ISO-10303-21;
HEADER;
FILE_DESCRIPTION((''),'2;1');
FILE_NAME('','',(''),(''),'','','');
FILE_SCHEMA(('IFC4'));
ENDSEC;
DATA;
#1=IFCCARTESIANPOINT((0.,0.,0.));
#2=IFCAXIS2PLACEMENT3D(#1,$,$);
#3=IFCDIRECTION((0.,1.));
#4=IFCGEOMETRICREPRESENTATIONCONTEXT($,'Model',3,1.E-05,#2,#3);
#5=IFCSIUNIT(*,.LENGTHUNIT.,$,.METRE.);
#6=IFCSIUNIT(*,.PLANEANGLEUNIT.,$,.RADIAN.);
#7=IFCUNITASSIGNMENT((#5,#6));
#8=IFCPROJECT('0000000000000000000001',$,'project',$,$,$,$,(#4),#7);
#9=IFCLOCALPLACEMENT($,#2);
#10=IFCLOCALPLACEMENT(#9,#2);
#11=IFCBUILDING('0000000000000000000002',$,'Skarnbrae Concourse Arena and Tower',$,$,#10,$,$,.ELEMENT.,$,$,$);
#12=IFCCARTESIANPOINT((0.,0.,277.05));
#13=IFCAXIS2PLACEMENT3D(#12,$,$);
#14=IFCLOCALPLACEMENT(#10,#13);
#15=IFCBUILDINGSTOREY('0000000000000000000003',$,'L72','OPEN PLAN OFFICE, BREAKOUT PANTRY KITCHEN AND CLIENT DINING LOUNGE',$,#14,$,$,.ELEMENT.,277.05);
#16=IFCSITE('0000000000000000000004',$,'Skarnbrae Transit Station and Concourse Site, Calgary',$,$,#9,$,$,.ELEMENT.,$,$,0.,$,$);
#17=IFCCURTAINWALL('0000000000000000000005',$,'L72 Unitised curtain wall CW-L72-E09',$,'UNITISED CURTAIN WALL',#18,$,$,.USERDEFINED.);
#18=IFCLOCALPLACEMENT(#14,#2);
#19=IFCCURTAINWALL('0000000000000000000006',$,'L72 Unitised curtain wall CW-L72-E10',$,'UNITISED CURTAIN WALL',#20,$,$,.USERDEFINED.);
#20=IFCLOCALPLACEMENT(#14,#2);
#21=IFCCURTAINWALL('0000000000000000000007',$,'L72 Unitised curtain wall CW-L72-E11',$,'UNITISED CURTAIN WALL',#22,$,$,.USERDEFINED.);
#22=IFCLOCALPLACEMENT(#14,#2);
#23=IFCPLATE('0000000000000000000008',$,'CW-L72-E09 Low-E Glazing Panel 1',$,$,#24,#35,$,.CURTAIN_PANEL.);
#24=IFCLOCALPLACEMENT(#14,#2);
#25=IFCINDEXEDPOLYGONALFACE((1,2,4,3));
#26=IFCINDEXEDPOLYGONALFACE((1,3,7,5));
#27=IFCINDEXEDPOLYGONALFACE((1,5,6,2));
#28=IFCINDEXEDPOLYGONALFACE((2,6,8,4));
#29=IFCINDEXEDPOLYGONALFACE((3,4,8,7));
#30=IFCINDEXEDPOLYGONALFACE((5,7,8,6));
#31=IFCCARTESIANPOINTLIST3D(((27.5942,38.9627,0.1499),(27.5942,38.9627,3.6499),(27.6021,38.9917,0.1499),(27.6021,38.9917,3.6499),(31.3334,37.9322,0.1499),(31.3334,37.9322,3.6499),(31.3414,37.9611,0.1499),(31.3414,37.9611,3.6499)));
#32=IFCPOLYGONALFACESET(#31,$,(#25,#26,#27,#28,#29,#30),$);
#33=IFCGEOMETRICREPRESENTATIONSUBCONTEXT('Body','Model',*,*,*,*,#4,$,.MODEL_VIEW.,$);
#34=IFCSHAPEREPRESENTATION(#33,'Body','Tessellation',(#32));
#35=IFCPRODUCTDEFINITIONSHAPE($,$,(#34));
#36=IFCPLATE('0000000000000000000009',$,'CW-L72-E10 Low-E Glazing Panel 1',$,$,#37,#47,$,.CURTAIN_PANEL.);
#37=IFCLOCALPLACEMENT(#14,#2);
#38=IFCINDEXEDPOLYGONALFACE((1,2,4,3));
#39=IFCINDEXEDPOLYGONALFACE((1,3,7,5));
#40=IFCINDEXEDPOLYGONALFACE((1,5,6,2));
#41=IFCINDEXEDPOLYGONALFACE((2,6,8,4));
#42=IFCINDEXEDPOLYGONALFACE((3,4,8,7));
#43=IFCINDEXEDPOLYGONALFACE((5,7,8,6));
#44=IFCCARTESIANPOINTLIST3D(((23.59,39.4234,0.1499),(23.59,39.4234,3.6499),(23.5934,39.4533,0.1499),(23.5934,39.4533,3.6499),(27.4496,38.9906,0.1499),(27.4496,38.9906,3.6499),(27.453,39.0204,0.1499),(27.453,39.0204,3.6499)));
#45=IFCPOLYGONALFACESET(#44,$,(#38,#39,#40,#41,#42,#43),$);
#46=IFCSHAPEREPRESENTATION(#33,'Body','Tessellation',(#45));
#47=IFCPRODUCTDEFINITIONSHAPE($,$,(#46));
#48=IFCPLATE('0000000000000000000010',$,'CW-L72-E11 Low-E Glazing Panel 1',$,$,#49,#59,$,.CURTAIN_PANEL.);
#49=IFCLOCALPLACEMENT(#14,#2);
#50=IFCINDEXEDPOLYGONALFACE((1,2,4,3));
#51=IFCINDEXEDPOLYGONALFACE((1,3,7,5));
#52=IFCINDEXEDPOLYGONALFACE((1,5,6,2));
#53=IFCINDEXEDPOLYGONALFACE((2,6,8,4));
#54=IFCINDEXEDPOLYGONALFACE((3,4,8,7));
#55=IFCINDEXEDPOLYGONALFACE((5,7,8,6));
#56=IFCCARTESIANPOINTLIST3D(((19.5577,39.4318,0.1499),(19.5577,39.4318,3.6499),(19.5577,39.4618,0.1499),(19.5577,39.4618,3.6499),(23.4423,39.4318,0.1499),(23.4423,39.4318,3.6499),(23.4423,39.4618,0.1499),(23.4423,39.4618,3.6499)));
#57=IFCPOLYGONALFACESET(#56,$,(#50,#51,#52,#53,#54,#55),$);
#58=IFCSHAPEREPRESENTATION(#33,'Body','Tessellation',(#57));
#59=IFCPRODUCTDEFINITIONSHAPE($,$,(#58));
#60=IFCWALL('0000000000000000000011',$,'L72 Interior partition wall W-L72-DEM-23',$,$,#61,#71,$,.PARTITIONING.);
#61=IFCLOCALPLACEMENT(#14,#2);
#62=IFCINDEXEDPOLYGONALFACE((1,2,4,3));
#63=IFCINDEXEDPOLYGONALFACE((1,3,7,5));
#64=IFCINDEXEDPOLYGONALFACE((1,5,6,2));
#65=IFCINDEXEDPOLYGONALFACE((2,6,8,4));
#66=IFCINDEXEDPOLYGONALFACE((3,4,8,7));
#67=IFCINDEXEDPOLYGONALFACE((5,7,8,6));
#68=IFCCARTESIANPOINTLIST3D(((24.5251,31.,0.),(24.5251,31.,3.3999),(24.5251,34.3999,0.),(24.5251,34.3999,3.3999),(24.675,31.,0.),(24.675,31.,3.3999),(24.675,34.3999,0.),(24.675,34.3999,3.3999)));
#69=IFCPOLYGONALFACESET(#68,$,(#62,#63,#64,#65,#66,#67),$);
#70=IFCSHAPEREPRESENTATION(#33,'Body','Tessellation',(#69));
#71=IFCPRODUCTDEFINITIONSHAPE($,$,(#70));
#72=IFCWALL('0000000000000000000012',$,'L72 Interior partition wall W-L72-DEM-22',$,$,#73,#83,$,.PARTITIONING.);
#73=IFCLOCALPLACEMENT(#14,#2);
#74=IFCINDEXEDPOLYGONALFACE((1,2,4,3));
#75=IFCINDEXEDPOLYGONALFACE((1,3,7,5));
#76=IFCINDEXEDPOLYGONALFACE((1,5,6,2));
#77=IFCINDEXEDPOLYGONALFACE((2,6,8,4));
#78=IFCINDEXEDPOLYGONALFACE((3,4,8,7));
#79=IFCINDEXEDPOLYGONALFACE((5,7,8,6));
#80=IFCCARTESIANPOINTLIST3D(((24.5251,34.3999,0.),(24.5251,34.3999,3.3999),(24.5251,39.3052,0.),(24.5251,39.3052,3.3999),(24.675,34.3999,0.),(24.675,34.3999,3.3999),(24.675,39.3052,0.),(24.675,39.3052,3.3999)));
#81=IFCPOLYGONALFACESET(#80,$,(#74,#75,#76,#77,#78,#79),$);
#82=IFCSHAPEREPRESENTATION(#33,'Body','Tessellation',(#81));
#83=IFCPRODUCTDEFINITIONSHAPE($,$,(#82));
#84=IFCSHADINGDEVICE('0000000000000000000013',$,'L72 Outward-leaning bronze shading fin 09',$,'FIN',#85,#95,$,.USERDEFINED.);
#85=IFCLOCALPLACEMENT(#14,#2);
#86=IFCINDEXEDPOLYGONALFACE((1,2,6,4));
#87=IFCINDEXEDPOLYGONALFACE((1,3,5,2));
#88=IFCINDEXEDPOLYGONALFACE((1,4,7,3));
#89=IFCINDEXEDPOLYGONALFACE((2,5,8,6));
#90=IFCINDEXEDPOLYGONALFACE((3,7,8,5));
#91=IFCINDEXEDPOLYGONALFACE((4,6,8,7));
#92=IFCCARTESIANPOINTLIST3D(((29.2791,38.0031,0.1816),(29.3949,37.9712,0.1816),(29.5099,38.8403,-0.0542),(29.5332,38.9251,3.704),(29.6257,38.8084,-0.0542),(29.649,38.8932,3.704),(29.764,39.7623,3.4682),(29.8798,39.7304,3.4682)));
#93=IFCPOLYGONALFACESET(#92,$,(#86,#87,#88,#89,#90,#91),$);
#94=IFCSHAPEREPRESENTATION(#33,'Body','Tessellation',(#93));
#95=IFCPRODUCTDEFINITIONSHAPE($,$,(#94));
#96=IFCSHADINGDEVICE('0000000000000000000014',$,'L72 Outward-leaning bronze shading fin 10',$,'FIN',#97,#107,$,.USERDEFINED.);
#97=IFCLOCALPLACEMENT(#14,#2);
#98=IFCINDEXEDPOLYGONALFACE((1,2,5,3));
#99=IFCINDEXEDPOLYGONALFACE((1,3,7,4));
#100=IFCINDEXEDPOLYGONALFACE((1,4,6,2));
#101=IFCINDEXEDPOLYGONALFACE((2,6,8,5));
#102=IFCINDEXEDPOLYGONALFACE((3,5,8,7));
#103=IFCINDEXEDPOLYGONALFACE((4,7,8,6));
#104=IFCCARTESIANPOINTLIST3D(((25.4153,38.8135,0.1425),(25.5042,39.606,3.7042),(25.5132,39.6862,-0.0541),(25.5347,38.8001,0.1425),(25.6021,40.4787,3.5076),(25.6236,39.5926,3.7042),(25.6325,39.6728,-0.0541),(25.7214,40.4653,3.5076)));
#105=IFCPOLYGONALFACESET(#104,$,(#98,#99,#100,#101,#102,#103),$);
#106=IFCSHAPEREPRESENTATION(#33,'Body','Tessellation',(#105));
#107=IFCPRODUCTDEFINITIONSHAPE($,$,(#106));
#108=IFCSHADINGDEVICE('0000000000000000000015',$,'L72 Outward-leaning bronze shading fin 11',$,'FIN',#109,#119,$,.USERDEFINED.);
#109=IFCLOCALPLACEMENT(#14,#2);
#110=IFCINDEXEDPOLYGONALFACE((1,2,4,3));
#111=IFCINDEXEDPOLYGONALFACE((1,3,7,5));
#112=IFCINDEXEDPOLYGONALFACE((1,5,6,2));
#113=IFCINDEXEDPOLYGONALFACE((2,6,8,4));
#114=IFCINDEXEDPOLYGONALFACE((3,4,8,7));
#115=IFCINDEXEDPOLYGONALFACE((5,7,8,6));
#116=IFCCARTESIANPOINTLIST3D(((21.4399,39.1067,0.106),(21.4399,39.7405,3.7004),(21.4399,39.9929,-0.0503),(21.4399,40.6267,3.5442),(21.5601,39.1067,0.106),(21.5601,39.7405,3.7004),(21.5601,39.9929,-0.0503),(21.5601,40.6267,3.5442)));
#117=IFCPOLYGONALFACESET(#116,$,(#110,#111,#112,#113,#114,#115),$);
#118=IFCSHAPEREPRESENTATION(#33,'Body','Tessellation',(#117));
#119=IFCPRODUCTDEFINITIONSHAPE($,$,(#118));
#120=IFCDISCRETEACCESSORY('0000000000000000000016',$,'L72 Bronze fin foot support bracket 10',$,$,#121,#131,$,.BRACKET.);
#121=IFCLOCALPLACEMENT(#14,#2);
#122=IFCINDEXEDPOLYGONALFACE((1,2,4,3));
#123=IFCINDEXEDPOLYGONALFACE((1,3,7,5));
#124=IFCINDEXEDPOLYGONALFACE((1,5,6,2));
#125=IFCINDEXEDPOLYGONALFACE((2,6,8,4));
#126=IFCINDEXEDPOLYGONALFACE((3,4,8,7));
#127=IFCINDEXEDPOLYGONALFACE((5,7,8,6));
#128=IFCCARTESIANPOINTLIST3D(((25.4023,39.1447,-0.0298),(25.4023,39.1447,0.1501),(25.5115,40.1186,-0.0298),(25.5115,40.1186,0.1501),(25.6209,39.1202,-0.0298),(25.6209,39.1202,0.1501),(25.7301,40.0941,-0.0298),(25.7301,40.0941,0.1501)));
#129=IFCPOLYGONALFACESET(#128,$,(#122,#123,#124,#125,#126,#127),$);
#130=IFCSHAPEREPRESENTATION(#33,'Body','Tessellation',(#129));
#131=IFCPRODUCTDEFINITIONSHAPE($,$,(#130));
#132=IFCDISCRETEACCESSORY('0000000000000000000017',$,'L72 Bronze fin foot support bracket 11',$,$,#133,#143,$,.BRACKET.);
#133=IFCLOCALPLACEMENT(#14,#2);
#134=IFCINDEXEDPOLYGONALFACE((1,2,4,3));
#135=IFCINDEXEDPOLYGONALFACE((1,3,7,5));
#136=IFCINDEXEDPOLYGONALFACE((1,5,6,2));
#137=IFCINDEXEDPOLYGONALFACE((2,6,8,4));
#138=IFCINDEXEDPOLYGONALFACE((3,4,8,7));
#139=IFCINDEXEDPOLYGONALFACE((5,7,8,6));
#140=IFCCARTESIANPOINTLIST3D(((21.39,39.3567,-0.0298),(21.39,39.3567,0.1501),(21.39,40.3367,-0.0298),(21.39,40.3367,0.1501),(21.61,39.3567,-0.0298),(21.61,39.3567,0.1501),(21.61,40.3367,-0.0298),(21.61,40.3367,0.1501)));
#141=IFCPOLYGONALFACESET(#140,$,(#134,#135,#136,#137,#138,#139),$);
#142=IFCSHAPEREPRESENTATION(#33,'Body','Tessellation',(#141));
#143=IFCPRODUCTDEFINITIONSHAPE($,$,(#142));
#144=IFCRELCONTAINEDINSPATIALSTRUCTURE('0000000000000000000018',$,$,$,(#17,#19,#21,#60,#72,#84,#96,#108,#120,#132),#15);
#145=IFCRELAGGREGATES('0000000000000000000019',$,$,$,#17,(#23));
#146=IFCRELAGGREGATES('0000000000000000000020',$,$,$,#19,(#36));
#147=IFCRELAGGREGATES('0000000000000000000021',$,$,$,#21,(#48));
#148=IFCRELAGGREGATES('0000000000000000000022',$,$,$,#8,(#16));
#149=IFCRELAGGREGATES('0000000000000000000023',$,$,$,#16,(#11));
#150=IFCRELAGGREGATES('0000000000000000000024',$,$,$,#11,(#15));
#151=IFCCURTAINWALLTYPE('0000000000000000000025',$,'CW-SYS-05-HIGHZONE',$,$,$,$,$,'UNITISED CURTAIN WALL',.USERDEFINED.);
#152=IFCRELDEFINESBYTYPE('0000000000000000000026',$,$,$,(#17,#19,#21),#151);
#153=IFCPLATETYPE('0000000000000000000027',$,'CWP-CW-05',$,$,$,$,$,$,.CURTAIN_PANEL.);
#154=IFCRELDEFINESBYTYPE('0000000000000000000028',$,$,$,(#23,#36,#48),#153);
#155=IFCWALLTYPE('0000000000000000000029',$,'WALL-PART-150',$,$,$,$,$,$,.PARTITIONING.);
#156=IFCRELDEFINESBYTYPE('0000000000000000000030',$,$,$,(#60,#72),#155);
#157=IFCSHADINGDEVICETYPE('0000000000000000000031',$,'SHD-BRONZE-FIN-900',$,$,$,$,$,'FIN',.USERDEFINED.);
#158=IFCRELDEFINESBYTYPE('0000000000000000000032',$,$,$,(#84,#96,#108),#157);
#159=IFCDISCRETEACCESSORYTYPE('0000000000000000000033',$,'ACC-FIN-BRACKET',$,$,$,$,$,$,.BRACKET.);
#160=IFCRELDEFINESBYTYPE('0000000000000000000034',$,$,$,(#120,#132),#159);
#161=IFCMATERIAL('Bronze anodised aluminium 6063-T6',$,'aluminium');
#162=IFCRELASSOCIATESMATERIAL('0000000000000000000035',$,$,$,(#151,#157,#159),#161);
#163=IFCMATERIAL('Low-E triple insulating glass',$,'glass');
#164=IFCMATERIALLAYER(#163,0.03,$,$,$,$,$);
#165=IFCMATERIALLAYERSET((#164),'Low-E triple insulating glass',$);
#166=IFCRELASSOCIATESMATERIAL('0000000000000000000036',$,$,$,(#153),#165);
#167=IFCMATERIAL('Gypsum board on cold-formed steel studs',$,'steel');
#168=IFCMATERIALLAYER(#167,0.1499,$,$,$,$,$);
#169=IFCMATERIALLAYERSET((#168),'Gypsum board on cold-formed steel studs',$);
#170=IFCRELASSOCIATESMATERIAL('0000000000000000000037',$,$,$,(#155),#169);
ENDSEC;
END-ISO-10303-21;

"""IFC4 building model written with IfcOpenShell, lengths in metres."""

from ifc_helpers import new_model, si_unit, direction, frame, frame_2d, origin, origin_2d, place, context, subcontext, project, spatial, rectangle, extrude, source, transform, mapped, material, layer, layer_set, type_object, element, aggregate, save


model = new_model("IFC4")

# Units and contexts
model_context = context("Model", 3, precision=1e-05, world=origin(), true_north=direction((0.0, 1.0)))
body_context = subcontext(model_context, "Body", "Model", "MODEL_VIEW")
ifc_project = project(units=[si_unit("LENGTHUNIT", "METRE"), si_unit("PLANEANGLEUNIT", "RADIAN")], contexts=[model_context])

# Site, building, storey
site_placement = place(None, origin())
site = spatial("IfcSite", under=ifc_project, at=site_placement, Name="Skarnbrae Transit Station and Concourse Site, Calgary", CompositionType="ELEMENT", RefElevation=0.0)
building_placement = place(site_placement, origin())
building = spatial("IfcBuilding", under=site, at=building_placement, Name="Skarnbrae Concourse Arena and Tower", CompositionType="ELEMENT")
storey_placement = place(building_placement, frame((0.0, 0.0, 277.05)))
storey = spatial("IfcBuildingStorey", under=building, at=storey_placement, Name="L72", Description="OPEN PLAN OFFICE, BREAKOUT PANTRY KITCHEN AND CLIENT DINING LOUNGE", CompositionType="ELEMENT", Elevation=277.05)

# Curtain wall
ifc_material_1 = material(Name="Bronze anodised aluminium 6063-T6", Category="aluminium")
curtain_wall_type = type_object("IfcCurtainWallType", Name="CW-SYS-05-HIGHZONE", ElementType="UNITISED CURTAIN WALL", PredefinedType="USERDEFINED", material=ifc_material_1)
curtain_wall_1_placement = place(storey_placement, origin())
curtain_wall_1 = element("IfcCurtainWall", 1, at=curtain_wall_1_placement, inside=storey, type_object=curtain_wall_type, Name="L72 Unitised curtain wall CW-L72-E09", ObjectType="UNITISED CURTAIN WALL", PredefinedType="USERDEFINED")

# Curtain wall
curtain_wall_2_placement = place(storey_placement, origin())
curtain_wall_2 = element("IfcCurtainWall", 2, at=curtain_wall_2_placement, inside=storey, type_object=curtain_wall_type, Name="L72 Unitised curtain wall CW-L72-E10", ObjectType="UNITISED CURTAIN WALL", PredefinedType="USERDEFINED")

# Curtain wall
curtain_wall_3_placement = place(storey_placement, origin())
curtain_wall_3 = element("IfcCurtainWall", 3, at=curtain_wall_3_placement, inside=storey, type_object=curtain_wall_type, Name="L72 Unitised curtain wall CW-L72-E11", ObjectType="UNITISED CURTAIN WALL", PredefinedType="USERDEFINED")

# Plates
ifc_material_2 = material(Name="Low-E triple insulating glass", Category="glass")
ifc_layer_1 = layer(ifc_material_2, 0.03)
ifc_layer_set_1 = layer_set([ifc_layer_1], Name="Low-E triple insulating glass")
plate_type = type_object("IfcPlateType", Name="CWP-CW-05", PredefinedType="CURTAIN_PANEL", material=ifc_layer_set_1)
shared_shape_1 = source(origin(), body_context, "Body", "SweptSolid", [
    extrude(rectangle(XDim=3.8787, YDim=0.03, at=origin_2d()), origin(), (0.0, 0.0, 1.0), 3.5),
])
plate_1_placement = place(storey_placement, frame((29.4678, 38.4619, 0.1499), z_axis=(0.0, 0.0, 1.0), x_axis=(-0.964057, 0.265694, 0.0)))
plate_1 = element("IfcPlate", 4, at=plate_1_placement, type_object=plate_type, Name="CW-L72-E09 Low-E Glazing Panel 1", PredefinedType="CURTAIN_PANEL", context=body_context, shape_type="MappedRepresentation", body=[
    mapped(shared_shape_1, transform((0.0, 0.0, 0.0))),
])
aggregate(curtain_wall_1, [plate_1])
shared_shape_2 = source(origin(), body_context, "Body", "SweptSolid", [
    extrude(rectangle(XDim=3.8838, YDim=0.03, at=origin_2d()), origin(), (0.0, 0.0, 1.0), 3.5),
])
plate_2_placement = place(storey_placement, frame((25.5215, 39.2219, 0.1499), z_axis=(0.0, 0.0, 1.0), x_axis=(-0.993769, 0.11146, 0.0)))
plate_2 = element("IfcPlate", 5, at=plate_2_placement, type_object=plate_type, Name="CW-L72-E10 Low-E Glazing Panel 1", PredefinedType="CURTAIN_PANEL", context=body_context, shape_type="MappedRepresentation", body=[
    mapped(shared_shape_2, transform((0.0, 0.0, 0.0))),
])
aggregate(curtain_wall_2, [plate_2])
shared_shape_3 = source(origin(), body_context, "Body", "SweptSolid", [
    extrude(rectangle(XDim=3.8845, YDim=0.03, at=origin_2d()), origin(), (0.0, 0.0, 1.0), 3.5),
])
plate_3_placement = place(storey_placement, frame((21.5, 39.4468, 0.1499), z_axis=(0.0, 0.0, 1.0), x_axis=(-1.0, 0.0, 0.0)))
plate_3 = element("IfcPlate", 6, at=plate_3_placement, type_object=plate_type, Name="CW-L72-E11 Low-E Glazing Panel 1", PredefinedType="CURTAIN_PANEL", context=body_context, shape_type="MappedRepresentation", body=[
    mapped(shared_shape_3, transform((0.0, 0.0, 0.0))),
])
aggregate(curtain_wall_3, [plate_3])

# Walls
ifc_material_3 = material(Name="Gypsum board on cold-formed steel studs", Category="steel")
ifc_layer_2 = layer(ifc_material_3, 0.1499)
ifc_layer_set_2 = layer_set([ifc_layer_2], Name="Gypsum board on cold-formed steel studs")
wall_type = type_object("IfcWallType", Name="WALL-PART-150", PredefinedType="PARTITIONING", material=ifc_layer_set_2)
shared_shape_4 = source(origin(), body_context, "Body", "SweptSolid", [
    extrude(rectangle(XDim=3.3999, YDim=0.1499, at=frame_2d((1.7, 0.0))), origin(), (0.0, 0.0, 1.0), 3.3999),
])
wall_1_placement = place(storey_placement, frame((24.6001, 34.3999, 0.0), z_axis=(0.0, 0.0, 1.0), x_axis=(0.0, -1.0, 0.0)))
element("IfcWall", 7, at=wall_1_placement, inside=storey, type_object=wall_type, Name="L72 Interior partition wall W-L72-DEM-23", PredefinedType="PARTITIONING", context=body_context, shape_type="MappedRepresentation", body=[
    mapped(shared_shape_4, transform((0.0, 0.0, 0.0))),
])
shared_shape_5 = source(origin(), body_context, "Body", "SweptSolid", [
    extrude(rectangle(XDim=4.9053, YDim=0.1499, at=frame_2d((2.4526, 0.0))), origin(), (0.0, 0.0, 1.0), 3.3999),
])
wall_2_placement = place(storey_placement, frame((24.6001, 39.3052, 0.0), z_axis=(0.0, 0.0, 1.0), x_axis=(0.0, -1.0, 0.0)))
element("IfcWall", 8, at=wall_2_placement, inside=storey, type_object=wall_type, Name="L72 Interior partition wall W-L72-DEM-22", PredefinedType="PARTITIONING", context=body_context, shape_type="MappedRepresentation", body=[
    mapped(shared_shape_5, transform((0.0, 0.0, 0.0))),
])

# Shading devices
shading_device_type = type_object("IfcShadingDeviceType", Name="SHD-BRONZE-FIN-900", ElementType="FIN", PredefinedType="USERDEFINED", material=ifc_material_1)
shared_shape_6 = source(origin(), body_context, "Body", "SweptSolid", [
    extrude(rectangle(XDim=0.1201, YDim=0.8999, at=origin_2d()), origin(), (0.0, 0.0, 1.0), 3.6499),
])
for number, where, z_axis, x_axis, name in (
    (9, (29.4524, 38.4058, 0.0637), (0.069616, 0.252603, 0.965062), (0.964058, -0.265691, 0.0), "L72 Outward-leaning bronze shading fin 09"),
    (10, (25.5239, 39.2432, 0.0442), (0.02435, 0.217123, 0.975841), (0.99377, -0.111452, 0.0), "L72 Outward-leaning bronze shading fin 10"),
    (11, (21.5, 39.5498, 0.0278), (0.0, 0.173648, 0.984808), (1.0, 0.0, 0.0), "L72 Outward-leaning bronze shading fin 11"),
):
    element("IfcShadingDevice", number, at=place(storey_placement, frame(where, z_axis=z_axis, x_axis=x_axis)), inside=storey, type_object=shading_device_type, Name=name, ObjectType="FIN", PredefinedType="USERDEFINED", context=body_context, shape_type="MappedRepresentation", body=[
        mapped(shared_shape_6, transform((0.0, 0.0, 0.0))),
    ])

# Discrete accessories
discrete_accessory_type = type_object("IfcDiscreteAccessoryType", Name="ACC-FIN-BRACKET", PredefinedType="BRACKET", material=ifc_material_1)
shared_shape_7 = source(origin(), body_context, "Body", "SweptSolid", [
    extrude(rectangle(XDim=0.22, YDim=0.98, at=origin_2d()), origin(), (0.0, 0.0, 1.0), 0.1799),
])
for number, where, z_axis, x_axis, name in (
    (12, (25.5662, 39.6194, -0.0298), (0.0, 0.0, 1.0), (0.99377, -0.111452, 0.0), "L72 Bronze fin foot support bracket 10"),
    (13, (21.5, 39.8467, -0.0298), (0.0, 0.0, 1.0), (1.0, 0.0, 0.0), "L72 Bronze fin foot support bracket 11"),
):
    element("IfcDiscreteAccessory", number, at=place(storey_placement, frame(where, z_axis=z_axis, x_axis=x_axis)), inside=storey, type_object=discrete_accessory_type, Name=name, PredefinedType="BRACKET", context=body_context, shape_type="MappedRepresentation", body=[
        mapped(shared_shape_7, transform((0.0, 0.0, 0.0))),
    ])

save(model, "model.ifc")
